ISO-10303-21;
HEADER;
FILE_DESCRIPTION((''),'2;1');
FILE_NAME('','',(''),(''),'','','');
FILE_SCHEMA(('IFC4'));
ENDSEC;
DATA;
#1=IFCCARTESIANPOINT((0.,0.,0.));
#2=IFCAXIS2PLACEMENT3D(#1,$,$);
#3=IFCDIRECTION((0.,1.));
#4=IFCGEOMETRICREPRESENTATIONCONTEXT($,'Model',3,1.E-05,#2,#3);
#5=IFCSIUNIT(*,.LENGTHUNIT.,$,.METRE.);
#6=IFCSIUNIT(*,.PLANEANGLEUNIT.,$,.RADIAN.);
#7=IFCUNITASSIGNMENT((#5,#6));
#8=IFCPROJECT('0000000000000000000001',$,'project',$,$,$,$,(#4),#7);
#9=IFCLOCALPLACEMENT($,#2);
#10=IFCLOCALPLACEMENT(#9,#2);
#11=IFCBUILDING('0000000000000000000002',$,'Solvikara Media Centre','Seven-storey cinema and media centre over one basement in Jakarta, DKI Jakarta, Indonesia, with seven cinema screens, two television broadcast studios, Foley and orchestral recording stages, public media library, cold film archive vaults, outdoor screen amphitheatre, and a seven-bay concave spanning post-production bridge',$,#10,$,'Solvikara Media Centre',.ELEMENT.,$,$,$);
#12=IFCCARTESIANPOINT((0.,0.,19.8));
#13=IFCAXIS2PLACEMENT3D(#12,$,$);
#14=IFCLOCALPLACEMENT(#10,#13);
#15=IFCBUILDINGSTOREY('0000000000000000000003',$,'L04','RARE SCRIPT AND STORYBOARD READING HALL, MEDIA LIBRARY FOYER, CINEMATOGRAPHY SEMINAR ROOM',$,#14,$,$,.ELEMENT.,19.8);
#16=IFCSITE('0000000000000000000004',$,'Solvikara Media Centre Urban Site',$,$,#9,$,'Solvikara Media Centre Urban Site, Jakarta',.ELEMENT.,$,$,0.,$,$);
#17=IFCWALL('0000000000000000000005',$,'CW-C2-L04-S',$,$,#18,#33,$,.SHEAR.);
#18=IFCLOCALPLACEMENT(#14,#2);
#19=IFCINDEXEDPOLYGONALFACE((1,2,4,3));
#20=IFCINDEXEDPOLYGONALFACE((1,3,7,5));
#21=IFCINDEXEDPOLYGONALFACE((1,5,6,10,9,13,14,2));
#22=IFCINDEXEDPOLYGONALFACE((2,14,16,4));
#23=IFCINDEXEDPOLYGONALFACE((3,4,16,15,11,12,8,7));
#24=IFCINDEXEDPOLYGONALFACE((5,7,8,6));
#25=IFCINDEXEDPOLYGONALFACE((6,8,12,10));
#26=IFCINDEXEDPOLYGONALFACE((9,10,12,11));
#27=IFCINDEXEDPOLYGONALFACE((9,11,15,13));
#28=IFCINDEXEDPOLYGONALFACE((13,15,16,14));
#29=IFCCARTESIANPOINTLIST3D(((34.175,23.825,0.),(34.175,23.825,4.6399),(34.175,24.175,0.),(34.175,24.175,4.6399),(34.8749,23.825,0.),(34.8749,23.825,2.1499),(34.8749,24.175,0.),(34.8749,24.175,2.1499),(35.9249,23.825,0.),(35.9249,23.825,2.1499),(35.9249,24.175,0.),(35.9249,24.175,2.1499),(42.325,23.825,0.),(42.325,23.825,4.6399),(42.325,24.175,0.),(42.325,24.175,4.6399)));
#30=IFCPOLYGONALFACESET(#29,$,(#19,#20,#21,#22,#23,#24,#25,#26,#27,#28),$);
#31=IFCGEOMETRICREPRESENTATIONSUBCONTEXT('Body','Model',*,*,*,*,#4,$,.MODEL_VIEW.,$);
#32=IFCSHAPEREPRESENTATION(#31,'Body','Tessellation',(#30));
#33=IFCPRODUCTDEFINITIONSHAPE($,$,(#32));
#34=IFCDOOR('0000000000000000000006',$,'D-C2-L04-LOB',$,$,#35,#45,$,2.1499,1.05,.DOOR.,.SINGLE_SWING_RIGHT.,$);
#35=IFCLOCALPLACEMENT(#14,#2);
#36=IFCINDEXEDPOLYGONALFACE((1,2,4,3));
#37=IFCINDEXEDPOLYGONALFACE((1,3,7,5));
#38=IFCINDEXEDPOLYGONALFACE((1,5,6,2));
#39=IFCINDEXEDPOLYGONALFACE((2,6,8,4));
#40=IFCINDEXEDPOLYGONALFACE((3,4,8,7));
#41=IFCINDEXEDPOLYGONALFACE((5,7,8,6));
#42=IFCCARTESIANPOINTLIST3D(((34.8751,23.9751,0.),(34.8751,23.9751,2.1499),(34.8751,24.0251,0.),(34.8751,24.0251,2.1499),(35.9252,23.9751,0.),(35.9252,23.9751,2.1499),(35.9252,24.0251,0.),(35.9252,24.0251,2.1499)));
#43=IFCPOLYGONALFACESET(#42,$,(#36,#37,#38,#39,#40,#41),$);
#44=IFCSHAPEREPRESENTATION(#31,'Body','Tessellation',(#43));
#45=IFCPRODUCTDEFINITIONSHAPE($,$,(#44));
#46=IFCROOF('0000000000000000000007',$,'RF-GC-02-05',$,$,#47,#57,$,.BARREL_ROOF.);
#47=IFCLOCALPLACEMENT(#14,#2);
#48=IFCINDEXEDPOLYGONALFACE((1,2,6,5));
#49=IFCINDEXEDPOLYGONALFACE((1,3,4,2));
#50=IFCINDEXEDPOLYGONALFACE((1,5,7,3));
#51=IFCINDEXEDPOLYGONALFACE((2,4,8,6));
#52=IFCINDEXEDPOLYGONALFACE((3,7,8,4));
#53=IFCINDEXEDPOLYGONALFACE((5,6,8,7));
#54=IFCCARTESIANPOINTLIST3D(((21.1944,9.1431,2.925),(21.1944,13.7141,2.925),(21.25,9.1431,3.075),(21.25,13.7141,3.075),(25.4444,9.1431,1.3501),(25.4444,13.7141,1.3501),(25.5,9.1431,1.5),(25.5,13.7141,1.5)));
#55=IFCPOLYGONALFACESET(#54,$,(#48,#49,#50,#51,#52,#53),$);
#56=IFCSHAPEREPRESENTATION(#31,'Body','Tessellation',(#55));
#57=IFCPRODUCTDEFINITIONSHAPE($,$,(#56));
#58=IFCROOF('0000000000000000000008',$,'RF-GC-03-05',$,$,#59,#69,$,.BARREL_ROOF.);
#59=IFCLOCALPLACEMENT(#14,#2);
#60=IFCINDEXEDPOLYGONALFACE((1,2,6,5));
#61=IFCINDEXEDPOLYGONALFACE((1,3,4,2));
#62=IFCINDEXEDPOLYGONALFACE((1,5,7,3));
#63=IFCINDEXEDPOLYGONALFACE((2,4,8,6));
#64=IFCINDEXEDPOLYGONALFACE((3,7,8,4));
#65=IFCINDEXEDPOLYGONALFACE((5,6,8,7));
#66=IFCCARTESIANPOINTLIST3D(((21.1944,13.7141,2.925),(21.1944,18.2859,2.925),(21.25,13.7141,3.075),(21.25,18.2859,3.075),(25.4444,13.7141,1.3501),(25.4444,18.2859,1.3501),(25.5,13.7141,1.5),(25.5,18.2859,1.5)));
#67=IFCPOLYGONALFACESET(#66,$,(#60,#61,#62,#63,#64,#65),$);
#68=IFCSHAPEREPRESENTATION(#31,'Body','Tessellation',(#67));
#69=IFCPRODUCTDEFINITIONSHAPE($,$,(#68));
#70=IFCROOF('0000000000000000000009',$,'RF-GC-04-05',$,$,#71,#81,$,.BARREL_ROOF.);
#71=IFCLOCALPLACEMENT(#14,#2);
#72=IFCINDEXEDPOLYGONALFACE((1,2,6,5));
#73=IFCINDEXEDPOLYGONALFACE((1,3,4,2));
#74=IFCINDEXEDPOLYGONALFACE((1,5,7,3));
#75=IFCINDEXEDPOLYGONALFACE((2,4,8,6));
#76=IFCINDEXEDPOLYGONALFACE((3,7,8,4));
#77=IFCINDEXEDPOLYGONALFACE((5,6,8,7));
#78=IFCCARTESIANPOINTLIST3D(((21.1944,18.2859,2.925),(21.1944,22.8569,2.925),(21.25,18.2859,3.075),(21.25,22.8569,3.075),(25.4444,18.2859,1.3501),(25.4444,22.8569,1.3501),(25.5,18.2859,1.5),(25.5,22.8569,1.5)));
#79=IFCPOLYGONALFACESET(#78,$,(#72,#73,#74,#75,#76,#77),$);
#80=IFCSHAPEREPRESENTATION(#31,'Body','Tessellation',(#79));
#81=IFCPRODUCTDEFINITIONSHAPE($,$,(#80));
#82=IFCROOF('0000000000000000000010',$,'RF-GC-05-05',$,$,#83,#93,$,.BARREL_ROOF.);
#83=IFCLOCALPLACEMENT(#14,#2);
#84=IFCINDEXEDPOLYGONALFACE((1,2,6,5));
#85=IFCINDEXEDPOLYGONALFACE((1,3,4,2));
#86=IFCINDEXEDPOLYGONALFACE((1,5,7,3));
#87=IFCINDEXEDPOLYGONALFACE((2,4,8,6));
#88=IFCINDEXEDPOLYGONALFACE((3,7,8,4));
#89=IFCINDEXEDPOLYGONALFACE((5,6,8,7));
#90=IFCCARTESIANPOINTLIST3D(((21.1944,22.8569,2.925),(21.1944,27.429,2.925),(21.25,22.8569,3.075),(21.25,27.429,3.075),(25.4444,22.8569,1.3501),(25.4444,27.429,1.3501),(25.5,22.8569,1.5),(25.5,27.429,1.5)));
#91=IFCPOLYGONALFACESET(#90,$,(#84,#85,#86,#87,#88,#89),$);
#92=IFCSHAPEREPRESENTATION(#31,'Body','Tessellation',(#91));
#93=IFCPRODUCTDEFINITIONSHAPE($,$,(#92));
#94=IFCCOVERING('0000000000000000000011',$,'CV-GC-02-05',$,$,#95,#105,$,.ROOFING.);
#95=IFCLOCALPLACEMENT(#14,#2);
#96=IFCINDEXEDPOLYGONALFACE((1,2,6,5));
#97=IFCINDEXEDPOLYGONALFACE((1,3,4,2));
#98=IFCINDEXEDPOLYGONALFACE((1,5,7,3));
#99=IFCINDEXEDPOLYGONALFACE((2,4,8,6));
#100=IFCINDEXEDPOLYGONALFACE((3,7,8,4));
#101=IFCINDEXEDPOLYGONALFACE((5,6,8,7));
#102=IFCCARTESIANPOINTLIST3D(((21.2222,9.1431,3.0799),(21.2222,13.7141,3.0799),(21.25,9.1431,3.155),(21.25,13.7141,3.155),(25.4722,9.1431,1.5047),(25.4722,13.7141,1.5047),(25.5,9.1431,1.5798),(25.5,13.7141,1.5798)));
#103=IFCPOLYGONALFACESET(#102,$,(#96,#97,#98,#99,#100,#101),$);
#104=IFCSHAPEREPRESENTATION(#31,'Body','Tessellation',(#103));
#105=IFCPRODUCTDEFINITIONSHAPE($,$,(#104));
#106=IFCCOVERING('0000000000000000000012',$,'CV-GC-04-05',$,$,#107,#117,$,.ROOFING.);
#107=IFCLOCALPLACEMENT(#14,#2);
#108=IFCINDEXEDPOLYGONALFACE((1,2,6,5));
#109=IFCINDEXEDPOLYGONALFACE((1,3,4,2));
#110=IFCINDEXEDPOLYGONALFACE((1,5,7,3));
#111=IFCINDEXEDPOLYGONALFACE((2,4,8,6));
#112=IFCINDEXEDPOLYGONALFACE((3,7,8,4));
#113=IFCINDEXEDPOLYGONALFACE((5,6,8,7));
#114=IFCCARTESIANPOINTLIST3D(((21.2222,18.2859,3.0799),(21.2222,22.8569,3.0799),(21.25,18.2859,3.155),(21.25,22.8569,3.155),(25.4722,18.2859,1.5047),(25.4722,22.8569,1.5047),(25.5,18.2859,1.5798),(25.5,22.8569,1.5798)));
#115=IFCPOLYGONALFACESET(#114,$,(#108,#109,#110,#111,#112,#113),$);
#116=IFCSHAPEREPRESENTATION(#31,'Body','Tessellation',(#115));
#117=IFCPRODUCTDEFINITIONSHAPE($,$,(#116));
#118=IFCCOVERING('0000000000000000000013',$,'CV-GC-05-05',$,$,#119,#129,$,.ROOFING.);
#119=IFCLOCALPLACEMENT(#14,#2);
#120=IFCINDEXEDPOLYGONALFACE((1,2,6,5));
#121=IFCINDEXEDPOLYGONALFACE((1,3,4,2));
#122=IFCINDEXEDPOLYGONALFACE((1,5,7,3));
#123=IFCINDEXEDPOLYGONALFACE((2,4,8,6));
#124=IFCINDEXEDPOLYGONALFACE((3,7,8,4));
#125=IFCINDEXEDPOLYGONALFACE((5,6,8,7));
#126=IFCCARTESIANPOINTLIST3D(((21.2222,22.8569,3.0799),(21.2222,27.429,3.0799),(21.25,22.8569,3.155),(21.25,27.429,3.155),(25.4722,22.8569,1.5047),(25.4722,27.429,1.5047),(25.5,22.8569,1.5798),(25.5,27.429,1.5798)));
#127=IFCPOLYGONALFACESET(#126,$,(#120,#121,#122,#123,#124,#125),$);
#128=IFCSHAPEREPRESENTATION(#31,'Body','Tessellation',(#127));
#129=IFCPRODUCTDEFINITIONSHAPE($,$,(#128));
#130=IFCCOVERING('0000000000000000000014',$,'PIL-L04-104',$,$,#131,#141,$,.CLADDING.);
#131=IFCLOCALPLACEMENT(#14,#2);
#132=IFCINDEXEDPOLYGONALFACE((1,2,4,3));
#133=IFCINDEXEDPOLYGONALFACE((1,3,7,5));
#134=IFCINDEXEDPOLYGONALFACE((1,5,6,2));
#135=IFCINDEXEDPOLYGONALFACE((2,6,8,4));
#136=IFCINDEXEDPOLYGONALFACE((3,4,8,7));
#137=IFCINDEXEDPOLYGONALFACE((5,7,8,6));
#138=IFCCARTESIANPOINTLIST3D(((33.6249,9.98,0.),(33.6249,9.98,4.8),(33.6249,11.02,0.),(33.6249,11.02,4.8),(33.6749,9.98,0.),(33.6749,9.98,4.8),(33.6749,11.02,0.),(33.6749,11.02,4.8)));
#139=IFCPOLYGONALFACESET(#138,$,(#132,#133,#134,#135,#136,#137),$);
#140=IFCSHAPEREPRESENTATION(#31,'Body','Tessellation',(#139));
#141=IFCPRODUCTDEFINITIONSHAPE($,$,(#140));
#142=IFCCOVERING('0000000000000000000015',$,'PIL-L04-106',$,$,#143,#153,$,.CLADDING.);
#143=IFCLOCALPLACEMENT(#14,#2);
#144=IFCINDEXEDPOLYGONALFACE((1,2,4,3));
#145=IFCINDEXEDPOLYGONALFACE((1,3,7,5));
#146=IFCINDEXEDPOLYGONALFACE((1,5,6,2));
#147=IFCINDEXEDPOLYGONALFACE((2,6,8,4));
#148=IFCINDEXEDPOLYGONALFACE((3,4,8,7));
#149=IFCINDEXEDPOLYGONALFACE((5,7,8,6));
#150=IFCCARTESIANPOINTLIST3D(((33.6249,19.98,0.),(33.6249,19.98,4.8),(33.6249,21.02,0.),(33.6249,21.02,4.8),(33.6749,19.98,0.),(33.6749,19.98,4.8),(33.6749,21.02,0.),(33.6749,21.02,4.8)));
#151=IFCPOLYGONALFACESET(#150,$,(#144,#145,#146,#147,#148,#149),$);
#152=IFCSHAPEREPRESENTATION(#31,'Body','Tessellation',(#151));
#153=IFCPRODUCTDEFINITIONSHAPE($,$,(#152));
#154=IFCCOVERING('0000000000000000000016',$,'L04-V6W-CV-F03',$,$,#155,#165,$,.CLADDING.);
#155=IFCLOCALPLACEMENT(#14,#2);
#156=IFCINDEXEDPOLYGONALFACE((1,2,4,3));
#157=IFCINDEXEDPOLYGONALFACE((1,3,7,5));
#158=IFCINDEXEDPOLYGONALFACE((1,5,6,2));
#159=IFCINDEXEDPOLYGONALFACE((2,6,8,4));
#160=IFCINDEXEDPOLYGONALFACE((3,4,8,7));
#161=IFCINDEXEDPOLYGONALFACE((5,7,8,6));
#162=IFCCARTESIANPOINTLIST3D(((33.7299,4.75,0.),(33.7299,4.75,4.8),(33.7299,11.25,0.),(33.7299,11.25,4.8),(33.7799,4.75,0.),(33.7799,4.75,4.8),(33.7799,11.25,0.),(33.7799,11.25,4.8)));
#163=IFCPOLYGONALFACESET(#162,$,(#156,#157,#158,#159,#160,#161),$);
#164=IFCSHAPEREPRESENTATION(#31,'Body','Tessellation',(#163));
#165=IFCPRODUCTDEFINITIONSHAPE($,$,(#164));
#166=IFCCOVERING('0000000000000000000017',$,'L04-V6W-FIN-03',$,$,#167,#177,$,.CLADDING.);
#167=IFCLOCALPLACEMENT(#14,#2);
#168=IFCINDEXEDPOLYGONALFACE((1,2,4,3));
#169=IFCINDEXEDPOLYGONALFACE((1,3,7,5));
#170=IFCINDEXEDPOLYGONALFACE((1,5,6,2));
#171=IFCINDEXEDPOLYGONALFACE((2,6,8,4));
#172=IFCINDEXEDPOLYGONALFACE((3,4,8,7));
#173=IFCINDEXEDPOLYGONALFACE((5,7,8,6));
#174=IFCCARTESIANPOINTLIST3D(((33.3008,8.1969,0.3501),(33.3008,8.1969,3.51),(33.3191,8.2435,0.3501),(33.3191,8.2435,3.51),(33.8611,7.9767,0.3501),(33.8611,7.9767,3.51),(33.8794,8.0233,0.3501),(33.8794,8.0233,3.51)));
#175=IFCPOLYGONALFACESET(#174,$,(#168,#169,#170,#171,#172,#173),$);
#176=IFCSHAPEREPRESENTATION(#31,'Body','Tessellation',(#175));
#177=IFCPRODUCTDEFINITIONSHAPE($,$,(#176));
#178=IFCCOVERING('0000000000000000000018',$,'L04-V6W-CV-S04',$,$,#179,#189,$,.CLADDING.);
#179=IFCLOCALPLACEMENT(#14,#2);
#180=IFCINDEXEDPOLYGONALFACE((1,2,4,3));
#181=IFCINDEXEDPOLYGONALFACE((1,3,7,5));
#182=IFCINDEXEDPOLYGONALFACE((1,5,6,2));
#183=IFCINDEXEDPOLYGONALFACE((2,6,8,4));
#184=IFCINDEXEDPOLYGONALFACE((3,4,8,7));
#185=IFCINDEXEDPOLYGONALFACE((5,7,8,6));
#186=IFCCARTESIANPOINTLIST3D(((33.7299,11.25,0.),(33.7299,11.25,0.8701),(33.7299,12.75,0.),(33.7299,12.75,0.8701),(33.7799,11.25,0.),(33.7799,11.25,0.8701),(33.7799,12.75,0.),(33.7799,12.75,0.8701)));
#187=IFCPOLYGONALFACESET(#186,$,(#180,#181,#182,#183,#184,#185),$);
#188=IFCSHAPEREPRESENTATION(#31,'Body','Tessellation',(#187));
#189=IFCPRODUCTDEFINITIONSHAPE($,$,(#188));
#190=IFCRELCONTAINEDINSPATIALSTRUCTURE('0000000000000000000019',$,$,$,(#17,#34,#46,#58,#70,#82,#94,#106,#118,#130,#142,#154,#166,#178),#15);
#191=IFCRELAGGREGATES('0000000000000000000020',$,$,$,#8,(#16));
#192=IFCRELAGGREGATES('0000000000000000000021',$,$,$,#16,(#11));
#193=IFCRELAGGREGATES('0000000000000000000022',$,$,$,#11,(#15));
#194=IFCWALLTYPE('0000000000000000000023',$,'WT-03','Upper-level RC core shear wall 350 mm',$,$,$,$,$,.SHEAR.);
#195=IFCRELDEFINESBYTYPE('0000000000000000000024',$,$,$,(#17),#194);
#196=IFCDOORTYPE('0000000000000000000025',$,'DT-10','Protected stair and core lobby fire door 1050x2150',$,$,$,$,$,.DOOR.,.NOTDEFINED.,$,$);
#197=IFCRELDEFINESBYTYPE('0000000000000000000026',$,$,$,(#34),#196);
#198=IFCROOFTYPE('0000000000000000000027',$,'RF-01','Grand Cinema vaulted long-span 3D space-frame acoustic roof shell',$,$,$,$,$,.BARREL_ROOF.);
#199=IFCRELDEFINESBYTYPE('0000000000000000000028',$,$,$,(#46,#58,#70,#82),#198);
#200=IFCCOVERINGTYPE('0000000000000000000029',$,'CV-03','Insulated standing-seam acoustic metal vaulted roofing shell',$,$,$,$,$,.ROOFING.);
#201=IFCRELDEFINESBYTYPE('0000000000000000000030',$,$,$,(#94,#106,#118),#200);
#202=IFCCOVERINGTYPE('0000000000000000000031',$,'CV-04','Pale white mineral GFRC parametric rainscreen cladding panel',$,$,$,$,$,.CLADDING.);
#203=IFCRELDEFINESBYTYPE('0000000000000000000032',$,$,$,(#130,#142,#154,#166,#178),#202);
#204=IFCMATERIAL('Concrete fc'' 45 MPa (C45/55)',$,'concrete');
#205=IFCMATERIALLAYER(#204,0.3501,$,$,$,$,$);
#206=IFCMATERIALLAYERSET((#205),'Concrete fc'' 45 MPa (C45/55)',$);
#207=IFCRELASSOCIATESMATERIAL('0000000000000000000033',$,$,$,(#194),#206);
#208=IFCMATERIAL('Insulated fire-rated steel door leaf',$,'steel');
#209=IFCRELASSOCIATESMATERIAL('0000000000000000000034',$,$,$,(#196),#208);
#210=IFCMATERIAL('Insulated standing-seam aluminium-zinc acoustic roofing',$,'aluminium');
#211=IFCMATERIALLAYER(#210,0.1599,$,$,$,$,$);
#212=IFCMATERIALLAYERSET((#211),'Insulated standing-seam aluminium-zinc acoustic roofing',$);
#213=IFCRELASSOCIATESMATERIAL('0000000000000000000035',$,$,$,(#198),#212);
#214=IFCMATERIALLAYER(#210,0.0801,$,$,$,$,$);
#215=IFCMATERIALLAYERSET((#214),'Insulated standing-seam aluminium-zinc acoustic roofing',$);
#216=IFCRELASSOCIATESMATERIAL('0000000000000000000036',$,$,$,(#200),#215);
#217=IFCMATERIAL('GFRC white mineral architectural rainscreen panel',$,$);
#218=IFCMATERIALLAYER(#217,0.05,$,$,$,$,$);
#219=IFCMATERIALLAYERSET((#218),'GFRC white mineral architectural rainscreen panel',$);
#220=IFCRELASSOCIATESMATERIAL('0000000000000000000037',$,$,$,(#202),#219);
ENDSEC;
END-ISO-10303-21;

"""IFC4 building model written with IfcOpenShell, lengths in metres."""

from ifc_helpers import new_model, si_unit, direction, frame, frame_2d, origin, origin_2d, place, context, subcontext, project, spatial, polyline, rectangle, outline, extrude, material, layer, layer_set, type_object, element, fill, save


model = new_model("IFC4")

# Units and contexts
model_context = context("Model", 3, precision=1e-05, world=origin(), true_north=direction((0.0, 1.0)))
body_context = subcontext(model_context, "Body", "Model", "MODEL_VIEW")
ifc_project = project(units=[si_unit("LENGTHUNIT", "METRE"), si_unit("PLANEANGLEUNIT", "RADIAN")], contexts=[model_context])

# Site, building, storey
site_placement = place(None, origin())
site = spatial("IfcSite", under=ifc_project, at=site_placement, Name="Solvikara Media Centre Urban Site", LongName="Solvikara Media Centre Urban Site, Jakarta", CompositionType="ELEMENT", RefElevation=0.0)
building_placement = place(site_placement, origin())
building = spatial("IfcBuilding", under=site, at=building_placement, Name="Solvikara Media Centre", Description="Seven-storey cinema and media centre over one basement in Jakarta, DKI Jakarta, Indonesia, with seven cinema screens, two television broadcast studios, Foley and orchestral recording stages, public media library, cold film archive vaults, outdoor screen amphitheatre, and a seven-bay concave spanning post-production bridge", LongName="Solvikara Media Centre", CompositionType="ELEMENT")
storey_placement = place(building_placement, frame((0.0, 0.0, 19.8)))
storey = spatial("IfcBuildingStorey", under=building, at=storey_placement, Name="L04", Description="RARE SCRIPT AND STORYBOARD READING HALL, MEDIA LIBRARY FOYER, CINEMATOGRAPHY SEMINAR ROOM", CompositionType="ELEMENT", Elevation=19.8)

# Shared definitions
ifc_material_1 = material(Name="Concrete fc' 45 MPa (C45/55)", Category="concrete")

# Shared definitions
ifc_layer_1 = layer(ifc_material_1, 0.3501)
ifc_layer_set_1 = layer_set([ifc_layer_1], Name="Concrete fc' 45 MPa (C45/55)")
wall_type = type_object("IfcWallType", Name="WT-03", Description="Upper-level RC core shear wall 350 mm", PredefinedType="SHEAR", material=ifc_layer_set_1)

# Wall, opening, door
wall_1_placement = place(storey_placement, frame((34.175, 24.0, 0.0), z_axis=(0.0, 0.0, 1.0), x_axis=(1.0, 0.0, 0.0)))
wall_1 = element("IfcWall", 1, at=wall_1_placement, inside=storey, type_object=wall_type, Name="CW-C2-L04-S", PredefinedType="SHEAR", context=body_context, shape_type="SweptSolid", body=[
    extrude(rectangle(XDim=8.1499, YDim=0.3501, at=frame_2d((4.075, 0.0))), origin(), (0.0, 0.0, 1.0), 4.6399),
])
opening_placement = place(wall_1_placement, frame((0.7, 0.0, 0.0)))
opening = element("IfcOpeningElement", 2, at=opening_placement, cuts=wall_1, PredefinedType="OPENING", context=body_context, shape_type="SweptSolid", body=[
    extrude(rectangle(XDim=1.05, YDim=2.1499, at=frame_2d((0.5249, 1.075))), frame((0.0, 0.187, 0.0), z_axis=(0.0, -1.0, 0.0), x_axis=(1.0, 0.0, 0.0)), (0.0, 0.0, 1.0), 0.374),
])
ifc_material_2 = material(Name="Insulated fire-rated steel door leaf", Category="steel")
door_type = type_object("IfcDoorType", Name="DT-10", Description="Protected stair and core lobby fire door 1050x2150", OperationType="NOTDEFINED", PredefinedType="DOOR", material=ifc_material_2)
door_placement = place(opening_placement, frame((1.05, 0.0, 0.0), z_axis=(0.0, 0.0, 1.0), x_axis=(-1.0, 0.0, 0.0)))
door = element("IfcDoor", 3, at=door_placement, inside=storey, type_object=door_type, Name="D-C2-L04-LOB", OperationType="SINGLE_SWING_RIGHT", OverallHeight=2.1499, OverallWidth=1.05, PredefinedType="DOOR", context=body_context, shape_type="SweptSolid", body=[
    extrude(rectangle(XDim=1.05, YDim=2.1499, at=frame_2d((0.5249, 1.075))), frame((0.0, 0.0249, 0.0), z_axis=(0.0, -1.0, 0.0), x_axis=(1.0, 0.0, 0.0)), (0.0, 0.0, 1.0), 0.05),
])
fill(opening, door)

# Roofs
ifc_material_3 = material(Name="Insulated standing-seam aluminium-zinc acoustic roofing", Category="aluminium")
ifc_layer_2 = layer(ifc_material_3, 0.1599)
ifc_layer_set_2 = layer_set([ifc_layer_2], Name="Insulated standing-seam aluminium-zinc acoustic roofing")
roof_type = type_object("IfcRoofType", Name="RF-01", Description="Grand Cinema vaulted long-span 3D space-frame acoustic roof shell", PredefinedType="BARREL_ROOF", material=ifc_layer_set_2)
roof_1_placement = place(storey_placement, frame((21.25, 9.1431, 3.075), z_axis=(0.347485, 0.0, 0.937686), x_axis=(0.937686, 0.0, -0.347485)))
element("IfcRoof", 4, at=roof_1_placement, inside=storey, type_object=roof_type, Name="RF-GC-02-05", PredefinedType="BARREL_ROOF", context=body_context, shape_type="SweptSolid", body=[
    extrude(outline(polyline([(0.0, 0.0), (4.5324, 0.0), (4.5324, 4.571), (0.0, 4.571), (0.0, 0.0)])), origin(), (0.0, 0.0, -1.0), 0.1599),
])
roof_2_placement = place(storey_placement, frame((21.25, 13.7141, 3.075), z_axis=(0.347485, 0.0, 0.937686), x_axis=(0.937686, 0.0, -0.347485)))
element("IfcRoof", 5, at=roof_2_placement, inside=storey, type_object=roof_type, Name="RF-GC-03-05", PredefinedType="BARREL_ROOF", context=body_context, shape_type="SweptSolid", body=[
    extrude(outline(polyline([(0.0, 0.0), (4.5324, 0.0), (4.5324, 4.5718), (0.0, 4.5718), (0.0, 0.0)])), origin(), (0.0, 0.0, -1.0), 0.1599),
])
roof_3_placement = place(storey_placement, frame((21.25, 18.2859, 3.075), z_axis=(0.347485, 0.0, 0.937686), x_axis=(0.937686, 0.0, -0.347485)))
element("IfcRoof", 6, at=roof_3_placement, inside=storey, type_object=roof_type, Name="RF-GC-04-05", PredefinedType="BARREL_ROOF", context=body_context, shape_type="SweptSolid", body=[
    extrude(outline(polyline([(0.0, 0.0), (4.5324, 0.0), (4.5324, 4.571), (0.0, 4.571), (0.0, 0.0)])), origin(), (0.0, 0.0, -1.0), 0.1599),
])
roof_4_placement = place(storey_placement, frame((21.25, 22.8569, 3.075), z_axis=(0.347485, 0.0, 0.937686), x_axis=(0.937686, 0.0, -0.347485)))
element("IfcRoof", 7, at=roof_4_placement, inside=storey, type_object=roof_type, Name="RF-GC-05-05", PredefinedType="BARREL_ROOF", context=body_context, shape_type="SweptSolid", body=[
    extrude(outline(polyline([(0.0, 0.0), (4.5324, 0.0), (4.5324, 4.572), (0.0, 4.572), (0.0, 0.0)])), origin(), (0.0, 0.0, -1.0), 0.1599),
])

# Coverings
ifc_layer_3 = layer(ifc_material_3, 0.0801)
ifc_layer_set_3 = layer_set([ifc_layer_3], Name="Insulated standing-seam aluminium-zinc acoustic roofing")
covering_type_1 = type_object("IfcCoveringType", Name="CV-03", Description="Insulated standing-seam acoustic metal vaulted roofing shell", PredefinedType="ROOFING", material=ifc_layer_set_3)
for number, where, z_axis, x_axis, name in (
    (8, (21.25, 9.1431, 3.155), (0.347532, 0.0, 0.937668), (0.937668, 0.0, -0.347532), "CV-GC-02-05"),
    (9, (21.25, 18.2859, 3.155), (0.347532, 0.0, 0.937668), (0.937668, 0.0, -0.347532), "CV-GC-04-05"),
):
    element("IfcCovering", number, at=place(storey_placement, frame(where, z_axis=z_axis, x_axis=x_axis)), inside=storey, type_object=covering_type_1, Name=name, PredefinedType="ROOFING", context=body_context, shape_type="SweptSolid", body=[
        extrude(outline(polyline([(0.0, 0.0), (4.5325, 0.0), (4.5325, 4.571), (0.0, 4.571), (0.0, 0.0)])), origin(), (0.0, 0.0, -1.0), 0.0801),
    ])
covering_1_placement = place(storey_placement, frame((21.25, 22.8569, 3.155), z_axis=(0.347532, 0.0, 0.937668), x_axis=(0.937668, 0.0, -0.347532)))
element("IfcCovering", 10, at=covering_1_placement, inside=storey, type_object=covering_type_1, Name="CV-GC-05-05", PredefinedType="ROOFING", context=body_context, shape_type="SweptSolid", body=[
    extrude(outline(polyline([(0.0, 0.0), (4.5325, 0.0), (4.5325, 4.572), (0.0, 4.572), (0.0, 0.0)])), origin(), (0.0, 0.0, -1.0), 0.0801),
])
ifc_material_4 = material(Name="GFRC white mineral architectural rainscreen panel")
ifc_layer_4 = layer(ifc_material_4, 0.05)
ifc_layer_set_4 = layer_set([ifc_layer_4], Name="GFRC white mineral architectural rainscreen panel")
covering_type_2 = type_object("IfcCoveringType", Name="CV-04", Description="Pale white mineral GFRC parametric rainscreen cladding panel", PredefinedType="CLADDING", material=ifc_layer_set_4)
for number, where, z_axis, x_axis, name in (
    (11, (33.6499, 10.5, 0.0), (0.0, 0.0, 1.0), (0.0, -1.0, 0.0), "PIL-L04-104"),
    (12, (33.6499, 20.5, 0.0), (0.0, 0.0, 1.0), (0.0, -1.0, 0.0), "PIL-L04-106"),
):
    element("IfcCovering", number, at=place(storey_placement, frame(where, z_axis=z_axis, x_axis=x_axis)), inside=storey, type_object=covering_type_2, Name=name, PredefinedType="CLADDING", context=body_context, shape_type="SweptSolid", body=[
        extrude(rectangle(XDim=1.04, YDim=0.05, at=origin_2d()), origin(), (0.0, 0.0, 1.0), 4.8),
    ])
covering_2_placement = place(storey_placement, frame((33.7549, 8.0, 0.0), z_axis=(0.0, 0.0, 1.0), x_axis=(0.0, 1.0, 0.0)))
element("IfcCovering", 13, at=covering_2_placement, inside=storey, type_object=covering_type_2, Name="L04-V6W-CV-F03", PredefinedType="CLADDING", context=body_context, shape_type="SweptSolid", body=[
    extrude(rectangle(XDim=6.5, YDim=0.05, at=origin_2d()), origin(), (0.0, 0.0, 1.0), 4.8),
])
covering_3_placement = place(storey_placement, frame((33.5901, 8.1101, 0.3501), z_axis=(0.0, 0.0, 1.0), x_axis=(-0.93075, 0.365657, 0.0)))
element("IfcCovering", 14, at=covering_3_placement, inside=storey, type_object=covering_type_2, Name="L04-V6W-FIN-03", PredefinedType="CLADDING", context=body_context, shape_type="SweptSolid", body=[
    extrude(rectangle(XDim=0.6021, YDim=0.05, at=origin_2d()), origin(), (0.0, 0.0, 1.0), 3.1599),
])
covering_4_placement = place(storey_placement, frame((33.7549, 12.0, 0.0), z_axis=(0.0, 0.0, 1.0), x_axis=(0.0, 1.0, 0.0)))
element("IfcCovering", 15, at=covering_4_placement, inside=storey, type_object=covering_type_2, Name="L04-V6W-CV-S04", PredefinedType="CLADDING", context=body_context, shape_type="SweptSolid", body=[
    extrude(rectangle(XDim=1.5, YDim=0.05, at=origin_2d()), origin(), (0.0, 0.0, 1.0), 0.8701),
])

save(model, "model.ifc")
